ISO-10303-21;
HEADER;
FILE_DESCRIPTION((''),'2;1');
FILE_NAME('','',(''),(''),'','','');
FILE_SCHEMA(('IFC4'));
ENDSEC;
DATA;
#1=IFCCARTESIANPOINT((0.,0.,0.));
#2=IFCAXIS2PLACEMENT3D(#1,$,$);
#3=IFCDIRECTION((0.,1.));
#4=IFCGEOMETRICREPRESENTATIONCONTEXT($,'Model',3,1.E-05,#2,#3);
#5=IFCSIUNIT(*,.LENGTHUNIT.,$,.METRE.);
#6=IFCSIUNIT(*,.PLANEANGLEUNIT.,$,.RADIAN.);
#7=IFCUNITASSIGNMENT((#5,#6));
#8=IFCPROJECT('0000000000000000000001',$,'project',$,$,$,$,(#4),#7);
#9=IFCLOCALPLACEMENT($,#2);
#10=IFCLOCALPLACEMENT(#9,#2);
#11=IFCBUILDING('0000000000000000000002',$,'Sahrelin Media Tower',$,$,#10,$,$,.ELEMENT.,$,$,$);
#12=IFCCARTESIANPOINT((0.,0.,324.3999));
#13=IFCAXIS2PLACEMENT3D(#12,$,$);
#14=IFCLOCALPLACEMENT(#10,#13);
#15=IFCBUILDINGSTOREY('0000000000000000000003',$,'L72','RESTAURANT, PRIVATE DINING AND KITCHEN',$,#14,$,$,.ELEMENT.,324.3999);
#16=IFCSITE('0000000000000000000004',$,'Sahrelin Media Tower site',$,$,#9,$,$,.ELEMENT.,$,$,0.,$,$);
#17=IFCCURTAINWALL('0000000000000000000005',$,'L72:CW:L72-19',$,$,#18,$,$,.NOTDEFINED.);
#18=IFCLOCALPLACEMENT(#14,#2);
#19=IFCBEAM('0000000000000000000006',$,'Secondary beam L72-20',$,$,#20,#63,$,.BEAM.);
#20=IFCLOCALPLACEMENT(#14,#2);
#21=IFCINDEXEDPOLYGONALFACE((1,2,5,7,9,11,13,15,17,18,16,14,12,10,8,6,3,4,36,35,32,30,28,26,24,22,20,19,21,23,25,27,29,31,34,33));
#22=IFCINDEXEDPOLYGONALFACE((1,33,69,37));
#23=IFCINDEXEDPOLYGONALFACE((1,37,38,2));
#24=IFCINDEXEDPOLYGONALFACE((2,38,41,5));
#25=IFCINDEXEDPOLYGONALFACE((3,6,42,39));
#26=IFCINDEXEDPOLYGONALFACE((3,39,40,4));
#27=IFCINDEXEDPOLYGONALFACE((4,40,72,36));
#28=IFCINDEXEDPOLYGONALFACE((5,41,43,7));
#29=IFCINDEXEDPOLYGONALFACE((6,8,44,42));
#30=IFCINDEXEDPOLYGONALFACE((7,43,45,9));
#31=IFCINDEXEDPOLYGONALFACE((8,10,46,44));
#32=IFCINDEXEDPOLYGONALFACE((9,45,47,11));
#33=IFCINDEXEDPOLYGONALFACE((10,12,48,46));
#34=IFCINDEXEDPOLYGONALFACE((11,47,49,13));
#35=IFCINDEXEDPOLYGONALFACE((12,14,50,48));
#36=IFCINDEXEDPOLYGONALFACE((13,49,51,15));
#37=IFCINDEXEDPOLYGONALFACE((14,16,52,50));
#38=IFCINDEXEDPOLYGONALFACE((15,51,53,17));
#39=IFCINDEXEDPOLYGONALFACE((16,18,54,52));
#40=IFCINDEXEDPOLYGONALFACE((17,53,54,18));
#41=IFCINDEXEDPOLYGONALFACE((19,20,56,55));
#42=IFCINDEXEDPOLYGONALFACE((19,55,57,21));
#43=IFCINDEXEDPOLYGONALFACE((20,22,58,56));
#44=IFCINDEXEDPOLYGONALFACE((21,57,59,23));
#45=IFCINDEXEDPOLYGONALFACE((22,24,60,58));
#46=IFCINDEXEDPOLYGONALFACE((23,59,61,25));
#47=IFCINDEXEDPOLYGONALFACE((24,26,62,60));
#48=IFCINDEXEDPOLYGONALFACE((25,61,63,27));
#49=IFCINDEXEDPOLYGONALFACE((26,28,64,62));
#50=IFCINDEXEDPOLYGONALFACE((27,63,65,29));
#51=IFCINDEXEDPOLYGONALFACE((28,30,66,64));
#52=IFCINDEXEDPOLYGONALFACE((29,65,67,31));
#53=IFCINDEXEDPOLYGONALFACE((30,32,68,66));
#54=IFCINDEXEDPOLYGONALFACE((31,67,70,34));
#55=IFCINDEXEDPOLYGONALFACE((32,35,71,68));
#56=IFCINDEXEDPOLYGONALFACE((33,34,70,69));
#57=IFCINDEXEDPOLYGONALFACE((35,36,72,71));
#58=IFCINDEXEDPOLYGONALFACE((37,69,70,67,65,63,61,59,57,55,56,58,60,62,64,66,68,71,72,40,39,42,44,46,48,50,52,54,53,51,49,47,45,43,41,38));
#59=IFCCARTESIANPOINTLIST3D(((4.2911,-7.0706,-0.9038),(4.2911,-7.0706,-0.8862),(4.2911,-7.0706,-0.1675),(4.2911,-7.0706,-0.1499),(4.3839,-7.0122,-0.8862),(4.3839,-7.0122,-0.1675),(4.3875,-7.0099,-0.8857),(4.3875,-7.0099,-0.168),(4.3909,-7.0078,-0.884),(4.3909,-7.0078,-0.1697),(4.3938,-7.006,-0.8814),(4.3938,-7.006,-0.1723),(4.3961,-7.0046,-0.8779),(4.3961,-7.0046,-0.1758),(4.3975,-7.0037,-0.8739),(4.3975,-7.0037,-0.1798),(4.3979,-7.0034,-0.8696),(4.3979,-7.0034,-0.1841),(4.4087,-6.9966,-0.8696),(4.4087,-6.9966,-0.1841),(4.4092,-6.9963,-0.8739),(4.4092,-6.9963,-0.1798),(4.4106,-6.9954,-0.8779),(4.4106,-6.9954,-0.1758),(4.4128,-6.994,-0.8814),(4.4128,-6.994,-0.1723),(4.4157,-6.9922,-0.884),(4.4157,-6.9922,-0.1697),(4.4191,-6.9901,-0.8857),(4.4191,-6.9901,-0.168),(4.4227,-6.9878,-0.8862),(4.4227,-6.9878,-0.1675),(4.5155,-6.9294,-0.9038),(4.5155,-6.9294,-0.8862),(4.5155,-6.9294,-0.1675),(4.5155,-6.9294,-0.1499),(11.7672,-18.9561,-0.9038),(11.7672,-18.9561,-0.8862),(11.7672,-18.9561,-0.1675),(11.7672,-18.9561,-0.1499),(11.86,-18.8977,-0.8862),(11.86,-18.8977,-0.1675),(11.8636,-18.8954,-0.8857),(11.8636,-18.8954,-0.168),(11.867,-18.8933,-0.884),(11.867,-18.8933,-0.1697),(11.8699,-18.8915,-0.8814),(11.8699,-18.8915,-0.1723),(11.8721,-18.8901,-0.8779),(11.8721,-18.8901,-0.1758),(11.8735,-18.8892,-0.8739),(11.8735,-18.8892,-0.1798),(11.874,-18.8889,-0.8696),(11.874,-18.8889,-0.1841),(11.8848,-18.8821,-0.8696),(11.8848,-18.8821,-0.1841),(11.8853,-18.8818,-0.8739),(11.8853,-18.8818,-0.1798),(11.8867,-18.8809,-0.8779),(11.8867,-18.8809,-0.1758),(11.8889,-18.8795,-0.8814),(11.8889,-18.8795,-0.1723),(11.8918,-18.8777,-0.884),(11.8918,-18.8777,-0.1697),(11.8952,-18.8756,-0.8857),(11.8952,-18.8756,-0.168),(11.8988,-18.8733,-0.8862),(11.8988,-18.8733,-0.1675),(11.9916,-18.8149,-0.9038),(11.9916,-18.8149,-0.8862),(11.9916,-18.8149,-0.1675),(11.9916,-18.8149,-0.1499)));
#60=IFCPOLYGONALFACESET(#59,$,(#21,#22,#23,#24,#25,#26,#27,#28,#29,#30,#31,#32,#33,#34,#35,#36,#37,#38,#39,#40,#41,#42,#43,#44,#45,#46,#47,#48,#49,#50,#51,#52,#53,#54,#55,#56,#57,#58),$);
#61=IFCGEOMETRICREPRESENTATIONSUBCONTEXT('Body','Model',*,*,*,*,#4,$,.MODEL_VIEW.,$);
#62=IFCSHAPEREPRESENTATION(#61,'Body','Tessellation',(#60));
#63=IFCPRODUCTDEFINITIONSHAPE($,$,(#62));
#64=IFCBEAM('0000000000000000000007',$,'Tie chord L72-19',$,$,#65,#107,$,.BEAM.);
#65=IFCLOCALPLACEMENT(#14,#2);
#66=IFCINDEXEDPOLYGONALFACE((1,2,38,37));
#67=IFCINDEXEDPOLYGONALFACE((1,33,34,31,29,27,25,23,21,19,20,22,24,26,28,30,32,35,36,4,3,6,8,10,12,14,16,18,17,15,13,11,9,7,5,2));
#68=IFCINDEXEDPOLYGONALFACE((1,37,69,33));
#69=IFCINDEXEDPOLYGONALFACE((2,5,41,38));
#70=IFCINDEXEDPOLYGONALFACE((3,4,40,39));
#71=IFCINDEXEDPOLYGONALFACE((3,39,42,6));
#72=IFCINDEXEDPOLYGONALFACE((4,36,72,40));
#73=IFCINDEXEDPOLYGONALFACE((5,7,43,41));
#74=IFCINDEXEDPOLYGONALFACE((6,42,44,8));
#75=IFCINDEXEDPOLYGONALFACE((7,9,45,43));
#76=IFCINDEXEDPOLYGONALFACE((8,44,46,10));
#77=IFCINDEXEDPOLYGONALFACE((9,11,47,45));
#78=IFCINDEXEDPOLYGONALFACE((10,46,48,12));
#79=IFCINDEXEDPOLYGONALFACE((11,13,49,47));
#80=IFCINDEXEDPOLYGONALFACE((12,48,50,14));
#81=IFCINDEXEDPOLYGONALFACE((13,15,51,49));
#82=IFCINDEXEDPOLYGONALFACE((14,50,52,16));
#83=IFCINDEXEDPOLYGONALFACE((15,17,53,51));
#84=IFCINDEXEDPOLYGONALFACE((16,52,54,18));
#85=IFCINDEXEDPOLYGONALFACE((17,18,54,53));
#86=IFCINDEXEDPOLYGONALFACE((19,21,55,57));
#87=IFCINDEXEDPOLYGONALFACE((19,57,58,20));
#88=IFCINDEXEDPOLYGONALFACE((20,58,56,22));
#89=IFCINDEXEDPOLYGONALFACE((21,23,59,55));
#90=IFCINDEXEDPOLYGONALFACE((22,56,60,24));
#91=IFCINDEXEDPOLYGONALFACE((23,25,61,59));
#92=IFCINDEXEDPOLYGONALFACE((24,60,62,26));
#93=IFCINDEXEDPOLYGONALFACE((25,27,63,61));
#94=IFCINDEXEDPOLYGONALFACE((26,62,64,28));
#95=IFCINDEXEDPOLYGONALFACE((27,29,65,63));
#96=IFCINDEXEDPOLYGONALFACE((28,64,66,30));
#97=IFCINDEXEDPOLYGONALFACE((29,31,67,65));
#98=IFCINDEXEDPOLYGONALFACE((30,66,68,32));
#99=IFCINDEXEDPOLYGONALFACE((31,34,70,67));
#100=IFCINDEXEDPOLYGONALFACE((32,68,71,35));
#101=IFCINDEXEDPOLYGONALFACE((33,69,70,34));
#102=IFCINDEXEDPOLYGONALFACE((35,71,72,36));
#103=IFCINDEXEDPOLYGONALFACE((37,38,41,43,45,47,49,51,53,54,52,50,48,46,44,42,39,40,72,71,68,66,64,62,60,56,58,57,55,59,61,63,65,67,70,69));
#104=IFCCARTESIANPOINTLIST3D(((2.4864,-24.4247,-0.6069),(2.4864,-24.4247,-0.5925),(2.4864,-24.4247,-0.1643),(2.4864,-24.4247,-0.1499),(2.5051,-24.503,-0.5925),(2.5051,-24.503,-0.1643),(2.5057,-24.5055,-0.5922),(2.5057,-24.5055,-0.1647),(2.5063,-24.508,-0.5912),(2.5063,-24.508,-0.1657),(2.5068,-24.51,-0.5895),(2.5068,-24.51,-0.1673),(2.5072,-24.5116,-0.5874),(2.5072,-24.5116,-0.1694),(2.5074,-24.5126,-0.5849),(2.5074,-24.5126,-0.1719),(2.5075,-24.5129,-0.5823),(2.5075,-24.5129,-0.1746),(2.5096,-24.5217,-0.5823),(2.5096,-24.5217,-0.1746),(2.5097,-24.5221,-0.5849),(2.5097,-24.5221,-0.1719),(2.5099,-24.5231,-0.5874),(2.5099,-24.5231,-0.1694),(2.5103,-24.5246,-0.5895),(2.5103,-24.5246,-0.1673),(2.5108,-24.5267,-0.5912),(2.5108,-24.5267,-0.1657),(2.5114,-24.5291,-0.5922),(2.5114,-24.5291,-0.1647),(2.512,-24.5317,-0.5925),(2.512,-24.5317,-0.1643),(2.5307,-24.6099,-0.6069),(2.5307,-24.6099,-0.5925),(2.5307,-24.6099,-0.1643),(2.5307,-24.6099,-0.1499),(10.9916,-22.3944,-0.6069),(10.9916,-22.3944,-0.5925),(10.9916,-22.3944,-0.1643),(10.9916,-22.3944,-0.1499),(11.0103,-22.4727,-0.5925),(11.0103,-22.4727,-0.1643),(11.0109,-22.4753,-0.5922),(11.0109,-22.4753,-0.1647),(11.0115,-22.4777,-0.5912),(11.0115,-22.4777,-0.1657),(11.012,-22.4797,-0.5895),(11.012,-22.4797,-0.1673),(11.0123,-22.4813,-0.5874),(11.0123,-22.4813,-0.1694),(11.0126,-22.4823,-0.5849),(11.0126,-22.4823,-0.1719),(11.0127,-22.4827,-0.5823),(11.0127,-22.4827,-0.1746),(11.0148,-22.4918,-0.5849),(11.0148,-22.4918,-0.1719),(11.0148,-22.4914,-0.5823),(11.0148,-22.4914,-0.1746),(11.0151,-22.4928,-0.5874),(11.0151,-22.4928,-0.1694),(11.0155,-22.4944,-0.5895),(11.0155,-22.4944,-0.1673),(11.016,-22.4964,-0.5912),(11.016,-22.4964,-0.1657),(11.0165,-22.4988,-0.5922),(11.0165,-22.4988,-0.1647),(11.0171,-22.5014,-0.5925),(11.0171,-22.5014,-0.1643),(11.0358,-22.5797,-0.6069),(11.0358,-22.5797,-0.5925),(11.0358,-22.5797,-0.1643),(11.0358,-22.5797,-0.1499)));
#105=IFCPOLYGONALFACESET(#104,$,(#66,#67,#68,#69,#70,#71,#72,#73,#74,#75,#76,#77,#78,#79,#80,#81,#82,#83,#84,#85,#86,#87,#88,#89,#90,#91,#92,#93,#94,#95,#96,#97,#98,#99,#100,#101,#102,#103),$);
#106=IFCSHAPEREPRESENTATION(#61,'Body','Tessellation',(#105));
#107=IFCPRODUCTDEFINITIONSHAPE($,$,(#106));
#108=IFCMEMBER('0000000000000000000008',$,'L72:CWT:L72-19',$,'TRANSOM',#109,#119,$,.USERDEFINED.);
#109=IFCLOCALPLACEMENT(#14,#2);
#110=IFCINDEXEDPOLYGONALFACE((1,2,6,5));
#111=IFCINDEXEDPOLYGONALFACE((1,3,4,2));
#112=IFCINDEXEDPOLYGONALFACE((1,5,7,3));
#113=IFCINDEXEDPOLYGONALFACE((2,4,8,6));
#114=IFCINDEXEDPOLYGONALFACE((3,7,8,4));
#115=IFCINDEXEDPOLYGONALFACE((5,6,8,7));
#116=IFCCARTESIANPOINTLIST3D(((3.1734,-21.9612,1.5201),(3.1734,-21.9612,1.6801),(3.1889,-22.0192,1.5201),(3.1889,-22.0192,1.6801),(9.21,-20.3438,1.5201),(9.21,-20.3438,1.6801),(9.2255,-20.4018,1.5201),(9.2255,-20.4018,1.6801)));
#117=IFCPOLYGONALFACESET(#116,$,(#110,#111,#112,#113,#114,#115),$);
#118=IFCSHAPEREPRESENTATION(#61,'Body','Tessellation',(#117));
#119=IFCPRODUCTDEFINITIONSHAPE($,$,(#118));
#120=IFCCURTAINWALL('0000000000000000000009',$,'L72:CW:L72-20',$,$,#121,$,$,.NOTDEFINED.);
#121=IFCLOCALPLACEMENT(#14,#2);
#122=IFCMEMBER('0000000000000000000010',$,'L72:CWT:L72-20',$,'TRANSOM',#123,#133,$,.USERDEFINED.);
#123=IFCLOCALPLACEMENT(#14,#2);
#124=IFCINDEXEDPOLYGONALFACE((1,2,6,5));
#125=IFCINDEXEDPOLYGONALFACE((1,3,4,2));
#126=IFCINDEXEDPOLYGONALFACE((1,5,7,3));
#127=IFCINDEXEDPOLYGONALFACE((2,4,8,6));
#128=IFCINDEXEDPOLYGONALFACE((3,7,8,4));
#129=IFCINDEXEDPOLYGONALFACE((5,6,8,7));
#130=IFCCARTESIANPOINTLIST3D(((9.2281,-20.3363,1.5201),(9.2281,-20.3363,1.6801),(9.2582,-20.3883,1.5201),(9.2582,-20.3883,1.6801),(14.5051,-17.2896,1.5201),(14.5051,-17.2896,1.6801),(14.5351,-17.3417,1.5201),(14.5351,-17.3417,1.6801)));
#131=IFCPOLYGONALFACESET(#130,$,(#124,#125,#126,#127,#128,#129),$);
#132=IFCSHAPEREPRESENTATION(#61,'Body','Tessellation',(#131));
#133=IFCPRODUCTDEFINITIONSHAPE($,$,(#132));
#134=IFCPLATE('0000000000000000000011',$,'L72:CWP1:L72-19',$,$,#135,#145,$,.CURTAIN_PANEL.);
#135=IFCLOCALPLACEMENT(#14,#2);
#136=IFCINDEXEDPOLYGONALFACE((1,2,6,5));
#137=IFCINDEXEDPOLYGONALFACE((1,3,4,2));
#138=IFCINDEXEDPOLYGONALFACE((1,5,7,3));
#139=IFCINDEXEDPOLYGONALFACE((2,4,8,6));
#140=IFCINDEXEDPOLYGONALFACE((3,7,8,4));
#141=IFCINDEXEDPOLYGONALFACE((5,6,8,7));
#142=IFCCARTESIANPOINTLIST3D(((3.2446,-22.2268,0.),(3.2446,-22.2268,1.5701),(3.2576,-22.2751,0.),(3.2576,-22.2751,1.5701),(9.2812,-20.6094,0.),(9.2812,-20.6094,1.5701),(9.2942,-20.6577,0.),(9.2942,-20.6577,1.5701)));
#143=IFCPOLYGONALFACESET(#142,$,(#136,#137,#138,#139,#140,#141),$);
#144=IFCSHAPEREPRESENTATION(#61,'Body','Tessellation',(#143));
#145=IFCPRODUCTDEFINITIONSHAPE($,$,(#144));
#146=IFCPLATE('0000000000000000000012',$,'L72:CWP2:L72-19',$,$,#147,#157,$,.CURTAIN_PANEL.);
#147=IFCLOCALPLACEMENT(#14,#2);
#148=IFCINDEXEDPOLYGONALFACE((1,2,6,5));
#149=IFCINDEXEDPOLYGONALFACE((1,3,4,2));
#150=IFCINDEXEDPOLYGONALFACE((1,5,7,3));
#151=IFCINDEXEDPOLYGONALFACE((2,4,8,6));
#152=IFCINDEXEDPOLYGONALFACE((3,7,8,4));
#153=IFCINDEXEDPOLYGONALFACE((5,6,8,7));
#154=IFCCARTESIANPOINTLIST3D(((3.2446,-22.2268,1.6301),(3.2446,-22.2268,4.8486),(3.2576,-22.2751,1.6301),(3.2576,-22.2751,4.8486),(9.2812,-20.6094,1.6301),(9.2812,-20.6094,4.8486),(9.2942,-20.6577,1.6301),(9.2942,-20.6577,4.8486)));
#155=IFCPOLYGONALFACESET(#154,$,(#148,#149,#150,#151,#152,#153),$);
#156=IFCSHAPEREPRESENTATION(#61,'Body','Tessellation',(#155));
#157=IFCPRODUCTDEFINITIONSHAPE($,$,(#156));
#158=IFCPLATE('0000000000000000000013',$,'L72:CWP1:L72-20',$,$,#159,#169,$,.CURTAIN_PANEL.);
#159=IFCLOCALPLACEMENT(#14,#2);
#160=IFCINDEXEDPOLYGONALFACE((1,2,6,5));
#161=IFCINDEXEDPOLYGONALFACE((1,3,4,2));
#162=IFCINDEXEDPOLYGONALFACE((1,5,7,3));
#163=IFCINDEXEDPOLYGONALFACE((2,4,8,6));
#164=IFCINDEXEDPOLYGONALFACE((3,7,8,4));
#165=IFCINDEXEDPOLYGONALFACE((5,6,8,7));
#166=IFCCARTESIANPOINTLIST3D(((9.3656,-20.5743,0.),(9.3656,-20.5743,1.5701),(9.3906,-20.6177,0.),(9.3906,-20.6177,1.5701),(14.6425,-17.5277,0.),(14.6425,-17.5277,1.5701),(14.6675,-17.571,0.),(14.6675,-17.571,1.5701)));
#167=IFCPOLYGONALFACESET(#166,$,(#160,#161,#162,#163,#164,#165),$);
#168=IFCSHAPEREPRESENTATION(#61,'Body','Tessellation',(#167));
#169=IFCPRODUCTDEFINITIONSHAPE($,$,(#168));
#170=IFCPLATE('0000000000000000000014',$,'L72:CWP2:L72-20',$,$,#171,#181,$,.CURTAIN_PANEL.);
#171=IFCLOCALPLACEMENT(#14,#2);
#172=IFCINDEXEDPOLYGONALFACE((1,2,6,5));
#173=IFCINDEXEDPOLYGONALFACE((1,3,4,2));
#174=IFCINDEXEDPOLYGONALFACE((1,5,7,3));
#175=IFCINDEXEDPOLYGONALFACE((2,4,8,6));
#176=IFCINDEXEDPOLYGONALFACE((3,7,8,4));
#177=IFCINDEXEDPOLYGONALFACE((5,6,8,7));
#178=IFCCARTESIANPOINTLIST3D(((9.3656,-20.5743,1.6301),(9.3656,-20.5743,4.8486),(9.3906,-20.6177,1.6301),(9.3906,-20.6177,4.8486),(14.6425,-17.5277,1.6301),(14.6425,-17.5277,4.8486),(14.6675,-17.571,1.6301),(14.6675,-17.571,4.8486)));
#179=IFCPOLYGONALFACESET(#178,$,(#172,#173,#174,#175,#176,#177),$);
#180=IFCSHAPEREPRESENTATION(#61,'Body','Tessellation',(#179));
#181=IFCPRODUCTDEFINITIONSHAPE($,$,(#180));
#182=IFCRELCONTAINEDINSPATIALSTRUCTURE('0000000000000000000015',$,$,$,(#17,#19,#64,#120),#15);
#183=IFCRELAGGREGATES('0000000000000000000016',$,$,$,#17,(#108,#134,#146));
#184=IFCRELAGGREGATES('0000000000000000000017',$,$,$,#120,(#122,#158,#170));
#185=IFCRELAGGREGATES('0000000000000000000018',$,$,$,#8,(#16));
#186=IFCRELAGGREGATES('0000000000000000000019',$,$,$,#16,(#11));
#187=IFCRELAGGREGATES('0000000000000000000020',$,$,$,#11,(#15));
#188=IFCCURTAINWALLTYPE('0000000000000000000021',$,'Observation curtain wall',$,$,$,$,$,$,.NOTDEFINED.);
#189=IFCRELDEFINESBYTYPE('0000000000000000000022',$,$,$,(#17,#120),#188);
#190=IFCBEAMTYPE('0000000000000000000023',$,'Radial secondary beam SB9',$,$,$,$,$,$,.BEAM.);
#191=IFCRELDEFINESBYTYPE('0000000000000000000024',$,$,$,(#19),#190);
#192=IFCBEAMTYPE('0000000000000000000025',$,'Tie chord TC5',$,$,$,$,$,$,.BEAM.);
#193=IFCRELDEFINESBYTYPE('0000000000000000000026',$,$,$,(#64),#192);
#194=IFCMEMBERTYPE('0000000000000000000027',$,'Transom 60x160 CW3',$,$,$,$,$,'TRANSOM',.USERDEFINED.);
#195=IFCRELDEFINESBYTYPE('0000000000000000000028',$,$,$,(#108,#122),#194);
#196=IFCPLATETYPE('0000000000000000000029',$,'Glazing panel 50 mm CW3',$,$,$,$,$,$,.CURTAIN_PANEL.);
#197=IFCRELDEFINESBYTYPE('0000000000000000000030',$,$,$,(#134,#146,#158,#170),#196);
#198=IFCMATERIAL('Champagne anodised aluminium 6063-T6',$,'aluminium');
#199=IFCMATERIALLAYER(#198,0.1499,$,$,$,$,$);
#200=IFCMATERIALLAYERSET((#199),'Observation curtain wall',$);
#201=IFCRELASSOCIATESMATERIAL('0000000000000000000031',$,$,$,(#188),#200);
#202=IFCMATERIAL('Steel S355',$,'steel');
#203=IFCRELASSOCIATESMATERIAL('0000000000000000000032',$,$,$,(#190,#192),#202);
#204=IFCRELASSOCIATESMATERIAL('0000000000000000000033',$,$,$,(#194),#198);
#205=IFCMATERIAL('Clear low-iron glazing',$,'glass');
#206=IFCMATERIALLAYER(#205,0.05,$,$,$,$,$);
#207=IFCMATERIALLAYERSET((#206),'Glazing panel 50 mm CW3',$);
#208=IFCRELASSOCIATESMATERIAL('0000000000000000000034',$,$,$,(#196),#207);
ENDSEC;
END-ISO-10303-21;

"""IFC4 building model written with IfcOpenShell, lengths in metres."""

from ifc_helpers import new_model, si_unit, direction, frame, origin, origin_2d, place, context, subcontext, project, spatial, polyline, rectangle, i_section, outline, extrude, material, layer, layer_set, material_profile, profile_set, type_object, element, aggregate, save


model = new_model("IFC4")

# Units and contexts
model_context = context("Model", 3, precision=1e-05, world=origin(), true_north=direction((0.0, 1.0)))
body_context = subcontext(model_context, "Body", "Model", "MODEL_VIEW")
ifc_project = project(units=[si_unit("LENGTHUNIT", "METRE"), si_unit("PLANEANGLEUNIT", "RADIAN")], contexts=[model_context])

# Site, building, storey
site_placement = place(None, origin())
site = spatial("IfcSite", under=ifc_project, at=site_placement, Name="Sahrelin Media Tower site", CompositionType="ELEMENT", RefElevation=0.0)
building_placement = place(site_placement, origin())
building = spatial("IfcBuilding", under=site, at=building_placement, Name="Sahrelin Media Tower", CompositionType="ELEMENT")
storey_placement = place(building_placement, frame((0.0, 0.0, 324.3999)))
storey = spatial("IfcBuildingStorey", under=building, at=storey_placement, Name="L72", Description="RESTAURANT, PRIVATE DINING AND KITCHEN", CompositionType="ELEMENT", Elevation=324.3999)

# Shared definitions
ifc_material_1 = material(Name="Steel S355", Category="steel")

# Curtain wall
ifc_material_2 = material(Name="Champagne anodised aluminium 6063-T6", Category="aluminium")
ifc_layer_1 = layer(ifc_material_2, 0.1499)
ifc_layer_set_1 = layer_set([ifc_layer_1], Name="Observation curtain wall")
curtain_wall_type = type_object("IfcCurtainWallType", Name="Observation curtain wall", PredefinedType="NOTDEFINED", material=ifc_layer_set_1)
curtain_wall_1_placement = place(storey_placement, frame((6.2708, -21.447, 0.0), z_axis=(0.0, 0.0, 1.0), x_axis=(1.0, 0.0, 0.0)))
curtain_wall_1 = element("IfcCurtainWall", 1, at=curtain_wall_1_placement, inside=storey, type_object=curtain_wall_type, Name="L72:CW:L72-19", PredefinedType="NOTDEFINED")

# Beams
ifc_material_profile_1 = material_profile(ifc_material_1, i_section(OverallWidth=0.2651, OverallDepth=0.7539, WebThickness=0.0127, FlangeThickness=0.0176, FilletRadius=0.0166, at=origin_2d()), Name="UB 762x267x147")
ifc_profile_set_1 = profile_set([ifc_material_profile_1], Name="Steel S355")
beam_type_1 = type_object("IfcBeamType", Name="Radial secondary beam SB9", PredefinedType="BEAM", material=ifc_profile_set_1)
beam_1_placement = place(storey_placement, frame((4.4033, -7.0, -0.5269), z_axis=(0.532436, -0.84647, 0.0), x_axis=(0.84647, 0.532436, 0.0)))
element("IfcBeam", 2, at=beam_1_placement, inside=storey, type_object=beam_type_1, Name="Secondary beam L72-20", PredefinedType="BEAM", context=body_context, shape_type="SweptSolid", body=[
    extrude(i_section(OverallWidth=0.2651, OverallDepth=0.7539, WebThickness=0.0127, FlangeThickness=0.0176, FilletRadius=0.0166, at=origin_2d()), origin(), (0.0, 0.0, 1.0), 14.0413),
])
ifc_material_profile_2 = material_profile(ifc_material_1, i_section(OverallWidth=0.1904, OverallDepth=0.457, WebThickness=0.009, FlangeThickness=0.0144, FilletRadius=0.0103, at=origin_2d()), Name="UB 457x191x74")
ifc_profile_set_2 = profile_set([ifc_material_profile_2], Name="Steel S355")
beam_type_2 = type_object("IfcBeamType", Name="Tie chord TC5", PredefinedType="BEAM", material=ifc_profile_set_2)
beam_2_placement = place(storey_placement, frame((2.5085, -24.5173, -0.3784), z_axis=(0.972671, 0.232188, 0.0), x_axis=(-0.232188, 0.972671, 0.0)))
element("IfcBeam", 3, at=beam_2_placement, inside=storey, type_object=beam_type_2, Name="Tie chord L72-19", PredefinedType="BEAM", context=body_context, shape_type="SweptSolid", body=[
    extrude(i_section(OverallWidth=0.1904, OverallDepth=0.457, WebThickness=0.009, FlangeThickness=0.0144, FilletRadius=0.0103, at=origin_2d()), origin(), (0.0, 0.0, 1.0), 8.7441),
])

# Member
ifc_material_profile_3 = material_profile(ifc_material_2, rectangle(XDim=0.0601, YDim=0.1599, at=origin_2d()), Name="Transom 60x160")
ifc_profile_set_3 = profile_set([ifc_material_profile_3], Name="Champagne anodised aluminium 6063-T6")
member_type_1 = type_object("IfcMemberType", Name="Transom 60x160 CW3", ElementType="TRANSOM", PredefinedType="USERDEFINED", material=ifc_profile_set_3)
member_1_placement = place(storey_placement, frame((3.1812, -21.9902, 1.6001), z_axis=(0.965929, 0.258808, 0.0), x_axis=(-0.258808, 0.965929, 0.0)))
member_1 = element("IfcMember", 4, at=member_1_placement, type_object=member_type_1, Name="L72:CWT:L72-19", ObjectType="TRANSOM", PredefinedType="USERDEFINED", context=body_context, shape_type="SweptSolid", body=[
    extrude(rectangle(XDim=0.0601, YDim=0.1599, at=origin_2d()), origin(), (0.0, 0.0, 1.0), 6.2495),
])

# Curtain wall, member
curtain_wall_2_placement = place(storey_placement, frame((12.019, -19.0771, 0.0), z_axis=(0.0, 0.0, 1.0), x_axis=(1.0, 0.0, 0.0)))
curtain_wall_2 = element("IfcCurtainWall", 5, at=curtain_wall_2_placement, inside=storey, type_object=curtain_wall_type, Name="L72:CW:L72-20", PredefinedType="NOTDEFINED")
member_2_placement = place(storey_placement, frame((9.2432, -20.3623, 1.6001), z_axis=(0.866023, 0.500005, 0.0), x_axis=(-0.500005, 0.866023, 0.0)))
member_2 = element("IfcMember", 6, at=member_2_placement, type_object=member_type_1, Name="L72:CWT:L72-20", ObjectType="TRANSOM", PredefinedType="USERDEFINED", context=body_context, shape_type="SweptSolid", body=[
    extrude(rectangle(XDim=0.0601, YDim=0.1599, at=origin_2d()), origin(), (0.0, 0.0, 1.0), 6.0933),
])

# Plates
ifc_material_3 = material(Name="Clear low-iron glazing", Category="glass")
ifc_layer_2 = layer(ifc_material_3, 0.05)
ifc_layer_set_2 = layer_set([ifc_layer_2], Name="Glazing panel 50 mm CW3")
plate_type = type_object("IfcPlateType", Name="Glazing panel 50 mm CW3", PredefinedType="CURTAIN_PANEL", material=ifc_layer_set_2)
plate_1_placement = place(storey_placement, frame((3.2576, -22.2751, 0.0), z_axis=(0.258808, -0.965929, 0.0), x_axis=(0.965929, 0.258808, 0.0)))
plate_1 = element("IfcPlate", 7, at=plate_1_placement, type_object=plate_type, Name="L72:CWP1:L72-19", PredefinedType="CURTAIN_PANEL", context=body_context, shape_type="SweptSolid", body=[
    extrude(outline(polyline([(0.0, 0.0), (6.2495, 0.0), (6.2495, 1.5701), (0.0, 1.5701), (0.0, 0.0)])), origin(), (0.0, 0.0, -1.0), 0.05),
])
plate_2_placement = place(storey_placement, frame((3.2576, -22.2751, 1.6301), z_axis=(0.258808, -0.965929, 0.0), x_axis=(0.965929, 0.258808, 0.0)))
plate_2 = element("IfcPlate", 8, at=plate_2_placement, type_object=plate_type, Name="L72:CWP2:L72-19", PredefinedType="CURTAIN_PANEL", context=body_context, shape_type="SweptSolid", body=[
    extrude(outline(polyline([(0.0, 0.0), (6.2495, 0.0), (6.2495, 3.2185), (0.0, 3.2185), (0.0, 0.0)])), origin(), (0.0, 0.0, -1.0), 0.05),
])
aggregate(curtain_wall_1, [member_1, plate_1, plate_2])
plate_3_placement = place(storey_placement, frame((9.3906, -20.6177, 0.0), z_axis=(0.500005, -0.866023, 0.0), x_axis=(0.866023, 0.500005, 0.0)))
plate_3 = element("IfcPlate", 9, at=plate_3_placement, type_object=plate_type, Name="L72:CWP1:L72-20", PredefinedType="CURTAIN_PANEL", context=body_context, shape_type="SweptSolid", body=[
    extrude(outline(polyline([(0.0, 0.0), (6.0933, 0.0), (6.0933, 1.5701), (0.0, 1.5701), (0.0, 0.0)])), origin(), (0.0, 0.0, -1.0), 0.05),
])
plate_4_placement = place(storey_placement, frame((9.3906, -20.6177, 1.6301), z_axis=(0.500005, -0.866023, 0.0), x_axis=(0.866023, 0.500005, 0.0)))
plate_4 = element("IfcPlate", 10, at=plate_4_placement, type_object=plate_type, Name="L72:CWP2:L72-20", PredefinedType="CURTAIN_PANEL", context=body_context, shape_type="SweptSolid", body=[
    extrude(outline(polyline([(0.0, 0.0), (6.0933, 0.0), (6.0933, 3.2185), (0.0, 3.2185), (0.0, 0.0)])), origin(), (0.0, 0.0, -1.0), 0.05),
])
aggregate(curtain_wall_2, [member_2, plate_3, plate_4])

save(model, "model.ifc")
